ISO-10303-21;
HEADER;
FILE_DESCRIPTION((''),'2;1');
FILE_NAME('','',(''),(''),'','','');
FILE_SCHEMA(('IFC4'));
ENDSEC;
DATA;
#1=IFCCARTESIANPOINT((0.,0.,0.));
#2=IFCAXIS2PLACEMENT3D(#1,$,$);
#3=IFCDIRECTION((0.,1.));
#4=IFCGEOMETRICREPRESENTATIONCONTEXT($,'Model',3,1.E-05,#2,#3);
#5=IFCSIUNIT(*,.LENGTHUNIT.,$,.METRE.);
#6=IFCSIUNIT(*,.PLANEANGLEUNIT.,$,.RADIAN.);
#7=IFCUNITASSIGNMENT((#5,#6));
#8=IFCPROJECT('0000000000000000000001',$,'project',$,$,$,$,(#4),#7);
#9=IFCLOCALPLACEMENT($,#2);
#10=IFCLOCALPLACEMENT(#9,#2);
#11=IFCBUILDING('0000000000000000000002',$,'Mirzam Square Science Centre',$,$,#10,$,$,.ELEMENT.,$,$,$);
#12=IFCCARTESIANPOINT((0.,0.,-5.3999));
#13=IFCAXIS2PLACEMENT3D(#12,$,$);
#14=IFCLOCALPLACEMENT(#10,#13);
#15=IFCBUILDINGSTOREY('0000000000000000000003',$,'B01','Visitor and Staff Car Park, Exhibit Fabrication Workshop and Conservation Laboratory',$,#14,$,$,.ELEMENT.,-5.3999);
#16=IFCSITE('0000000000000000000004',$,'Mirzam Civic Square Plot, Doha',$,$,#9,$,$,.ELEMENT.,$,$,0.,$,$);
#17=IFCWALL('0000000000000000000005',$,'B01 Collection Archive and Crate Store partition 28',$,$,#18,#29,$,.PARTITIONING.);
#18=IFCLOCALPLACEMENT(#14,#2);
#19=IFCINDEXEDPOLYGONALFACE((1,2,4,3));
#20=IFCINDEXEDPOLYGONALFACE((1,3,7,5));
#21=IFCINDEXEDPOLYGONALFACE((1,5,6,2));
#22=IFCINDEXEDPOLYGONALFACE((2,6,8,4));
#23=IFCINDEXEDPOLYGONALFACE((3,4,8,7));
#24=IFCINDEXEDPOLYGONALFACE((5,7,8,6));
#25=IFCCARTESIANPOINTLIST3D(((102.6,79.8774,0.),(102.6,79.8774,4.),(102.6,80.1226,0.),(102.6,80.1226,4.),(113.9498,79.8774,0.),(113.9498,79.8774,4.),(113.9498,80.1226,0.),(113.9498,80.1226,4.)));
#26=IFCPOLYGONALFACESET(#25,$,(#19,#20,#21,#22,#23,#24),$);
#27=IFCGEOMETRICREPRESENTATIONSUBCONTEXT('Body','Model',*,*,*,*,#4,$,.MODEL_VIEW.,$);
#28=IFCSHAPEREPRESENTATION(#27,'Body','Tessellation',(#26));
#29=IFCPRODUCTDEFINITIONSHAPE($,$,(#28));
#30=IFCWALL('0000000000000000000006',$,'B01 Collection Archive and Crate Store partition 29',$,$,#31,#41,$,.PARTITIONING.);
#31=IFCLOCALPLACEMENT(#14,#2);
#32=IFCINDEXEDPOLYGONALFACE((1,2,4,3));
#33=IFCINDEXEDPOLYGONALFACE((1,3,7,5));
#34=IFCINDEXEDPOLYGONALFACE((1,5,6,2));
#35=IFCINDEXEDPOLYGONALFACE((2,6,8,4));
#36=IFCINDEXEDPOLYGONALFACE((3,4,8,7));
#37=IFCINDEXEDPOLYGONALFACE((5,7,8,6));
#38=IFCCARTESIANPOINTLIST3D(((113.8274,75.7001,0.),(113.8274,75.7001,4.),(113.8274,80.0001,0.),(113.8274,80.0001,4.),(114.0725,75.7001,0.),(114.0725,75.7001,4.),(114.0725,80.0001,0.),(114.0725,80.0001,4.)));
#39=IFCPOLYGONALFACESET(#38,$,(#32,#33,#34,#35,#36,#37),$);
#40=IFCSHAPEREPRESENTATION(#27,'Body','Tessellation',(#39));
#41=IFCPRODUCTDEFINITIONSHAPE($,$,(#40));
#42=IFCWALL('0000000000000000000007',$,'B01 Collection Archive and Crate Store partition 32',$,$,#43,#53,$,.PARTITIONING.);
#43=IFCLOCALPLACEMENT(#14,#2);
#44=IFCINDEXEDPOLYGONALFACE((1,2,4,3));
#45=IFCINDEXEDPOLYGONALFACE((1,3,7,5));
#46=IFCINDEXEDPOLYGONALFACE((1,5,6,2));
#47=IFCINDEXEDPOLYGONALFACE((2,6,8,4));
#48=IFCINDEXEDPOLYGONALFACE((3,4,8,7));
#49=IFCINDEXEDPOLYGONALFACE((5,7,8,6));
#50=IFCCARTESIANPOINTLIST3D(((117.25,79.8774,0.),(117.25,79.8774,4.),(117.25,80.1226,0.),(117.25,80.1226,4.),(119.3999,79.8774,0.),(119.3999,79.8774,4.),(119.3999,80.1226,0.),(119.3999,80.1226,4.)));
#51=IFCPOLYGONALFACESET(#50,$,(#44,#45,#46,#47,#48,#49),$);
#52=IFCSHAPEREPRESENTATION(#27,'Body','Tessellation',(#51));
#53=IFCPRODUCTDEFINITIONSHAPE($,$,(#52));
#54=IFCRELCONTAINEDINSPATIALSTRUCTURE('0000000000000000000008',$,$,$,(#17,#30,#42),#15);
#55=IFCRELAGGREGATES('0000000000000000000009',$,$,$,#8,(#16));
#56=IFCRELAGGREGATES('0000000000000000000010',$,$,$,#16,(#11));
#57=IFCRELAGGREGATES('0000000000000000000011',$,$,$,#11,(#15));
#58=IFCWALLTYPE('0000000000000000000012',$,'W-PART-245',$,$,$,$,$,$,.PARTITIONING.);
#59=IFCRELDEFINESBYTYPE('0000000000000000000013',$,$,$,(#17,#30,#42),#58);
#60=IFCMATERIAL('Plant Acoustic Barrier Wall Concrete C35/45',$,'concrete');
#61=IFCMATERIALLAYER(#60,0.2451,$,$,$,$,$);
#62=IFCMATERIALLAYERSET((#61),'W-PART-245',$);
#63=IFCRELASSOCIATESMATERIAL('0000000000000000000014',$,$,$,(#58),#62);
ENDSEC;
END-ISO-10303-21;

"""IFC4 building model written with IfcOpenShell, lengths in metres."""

from ifc_helpers import new_model, si_unit, direction, frame, frame_2d, origin, place, context, subcontext, project, spatial, rectangle, extrude, material, layer, layer_set, type_object, element, save


model = new_model("IFC4")

# Units and contexts
model_context = context("Model", 3, precision=1e-05, world=origin(), true_north=direction((0.0, 1.0)))
body_context = subcontext(model_context, "Body", "Model", "MODEL_VIEW")
ifc_project = project(units=[si_unit("LENGTHUNIT", "METRE"), si_unit("PLANEANGLEUNIT", "RADIAN")], contexts=[model_context])

# Site, building, storey
site_placement = place(None, origin())
site = spatial("IfcSite", under=ifc_project, at=site_placement, Name="Mirzam Civic Square Plot, Doha", CompositionType="ELEMENT", RefElevation=0.0)
building_placement = place(site_placement, origin())
building = spatial("IfcBuilding", under=site, at=building_placement, Name="Mirzam Square Science Centre", CompositionType="ELEMENT")
storey_placement = place(building_placement, frame((0.0, 0.0, -5.3999)))
storey = spatial("IfcBuildingStorey", under=building, at=storey_placement, Name="B01", Description="Visitor and Staff Car Park, Exhibit Fabrication Workshop and Conservation Laboratory", CompositionType="ELEMENT", Elevation=-5.3999)

# Walls
ifc_material_1 = material(Name="Plant Acoustic Barrier Wall Concrete C35/45", Category="concrete")
ifc_layer_1 = layer(ifc_material_1, 0.2451)
ifc_layer_set_1 = layer_set([ifc_layer_1], Name="W-PART-245")
wall_type_1 = type_object("IfcWallType", Name="W-PART-245", PredefinedType="PARTITIONING", material=ifc_layer_set_1)
wall_1_placement = place(storey_placement, frame((102.6001, 80.0, 0.0), z_axis=(0.0, 0.0, 1.0), x_axis=(1.0, 0.0, 0.0)))
element("IfcWall", 1, at=wall_1_placement, inside=storey, type_object=wall_type_1, Name="B01 Collection Archive and Crate Store partition 28", PredefinedType="PARTITIONING", context=body_context, shape_type="SweptSolid", body=[
    extrude(rectangle(XDim=11.3499, YDim=0.2451, at=frame_2d((5.6748, 0.0))), origin(), (0.0, 0.0, 1.0), 4.0),
])
wall_2_placement = place(storey_placement, frame((113.95, 80.0, 0.0), z_axis=(0.0, 0.0, 1.0), x_axis=(0.0, -1.0, 0.0)))
element("IfcWall", 2, at=wall_2_placement, inside=storey, type_object=wall_type_1, Name="B01 Collection Archive and Crate Store partition 29", PredefinedType="PARTITIONING", context=body_context, shape_type="SweptSolid", body=[
    extrude(rectangle(XDim=4.3, YDim=0.2451, at=frame_2d((2.1499, 0.0))), origin(), (0.0, 0.0, 1.0), 4.0),
])
wall_3_placement = place(storey_placement, frame((117.25, 80.0, 0.0), z_axis=(0.0, 0.0, 1.0), x_axis=(1.0, 0.0, 0.0)))
element("IfcWall", 3, at=wall_3_placement, inside=storey, type_object=wall_type_1, Name="B01 Collection Archive and Crate Store partition 32", PredefinedType="PARTITIONING", context=body_context, shape_type="SweptSolid", body=[
    extrude(rectangle(XDim=2.1499, YDim=0.2451, at=frame_2d((1.075, 0.0))), origin(), (0.0, 0.0, 1.0), 4.0),
])

save(model, "model.ifc")
